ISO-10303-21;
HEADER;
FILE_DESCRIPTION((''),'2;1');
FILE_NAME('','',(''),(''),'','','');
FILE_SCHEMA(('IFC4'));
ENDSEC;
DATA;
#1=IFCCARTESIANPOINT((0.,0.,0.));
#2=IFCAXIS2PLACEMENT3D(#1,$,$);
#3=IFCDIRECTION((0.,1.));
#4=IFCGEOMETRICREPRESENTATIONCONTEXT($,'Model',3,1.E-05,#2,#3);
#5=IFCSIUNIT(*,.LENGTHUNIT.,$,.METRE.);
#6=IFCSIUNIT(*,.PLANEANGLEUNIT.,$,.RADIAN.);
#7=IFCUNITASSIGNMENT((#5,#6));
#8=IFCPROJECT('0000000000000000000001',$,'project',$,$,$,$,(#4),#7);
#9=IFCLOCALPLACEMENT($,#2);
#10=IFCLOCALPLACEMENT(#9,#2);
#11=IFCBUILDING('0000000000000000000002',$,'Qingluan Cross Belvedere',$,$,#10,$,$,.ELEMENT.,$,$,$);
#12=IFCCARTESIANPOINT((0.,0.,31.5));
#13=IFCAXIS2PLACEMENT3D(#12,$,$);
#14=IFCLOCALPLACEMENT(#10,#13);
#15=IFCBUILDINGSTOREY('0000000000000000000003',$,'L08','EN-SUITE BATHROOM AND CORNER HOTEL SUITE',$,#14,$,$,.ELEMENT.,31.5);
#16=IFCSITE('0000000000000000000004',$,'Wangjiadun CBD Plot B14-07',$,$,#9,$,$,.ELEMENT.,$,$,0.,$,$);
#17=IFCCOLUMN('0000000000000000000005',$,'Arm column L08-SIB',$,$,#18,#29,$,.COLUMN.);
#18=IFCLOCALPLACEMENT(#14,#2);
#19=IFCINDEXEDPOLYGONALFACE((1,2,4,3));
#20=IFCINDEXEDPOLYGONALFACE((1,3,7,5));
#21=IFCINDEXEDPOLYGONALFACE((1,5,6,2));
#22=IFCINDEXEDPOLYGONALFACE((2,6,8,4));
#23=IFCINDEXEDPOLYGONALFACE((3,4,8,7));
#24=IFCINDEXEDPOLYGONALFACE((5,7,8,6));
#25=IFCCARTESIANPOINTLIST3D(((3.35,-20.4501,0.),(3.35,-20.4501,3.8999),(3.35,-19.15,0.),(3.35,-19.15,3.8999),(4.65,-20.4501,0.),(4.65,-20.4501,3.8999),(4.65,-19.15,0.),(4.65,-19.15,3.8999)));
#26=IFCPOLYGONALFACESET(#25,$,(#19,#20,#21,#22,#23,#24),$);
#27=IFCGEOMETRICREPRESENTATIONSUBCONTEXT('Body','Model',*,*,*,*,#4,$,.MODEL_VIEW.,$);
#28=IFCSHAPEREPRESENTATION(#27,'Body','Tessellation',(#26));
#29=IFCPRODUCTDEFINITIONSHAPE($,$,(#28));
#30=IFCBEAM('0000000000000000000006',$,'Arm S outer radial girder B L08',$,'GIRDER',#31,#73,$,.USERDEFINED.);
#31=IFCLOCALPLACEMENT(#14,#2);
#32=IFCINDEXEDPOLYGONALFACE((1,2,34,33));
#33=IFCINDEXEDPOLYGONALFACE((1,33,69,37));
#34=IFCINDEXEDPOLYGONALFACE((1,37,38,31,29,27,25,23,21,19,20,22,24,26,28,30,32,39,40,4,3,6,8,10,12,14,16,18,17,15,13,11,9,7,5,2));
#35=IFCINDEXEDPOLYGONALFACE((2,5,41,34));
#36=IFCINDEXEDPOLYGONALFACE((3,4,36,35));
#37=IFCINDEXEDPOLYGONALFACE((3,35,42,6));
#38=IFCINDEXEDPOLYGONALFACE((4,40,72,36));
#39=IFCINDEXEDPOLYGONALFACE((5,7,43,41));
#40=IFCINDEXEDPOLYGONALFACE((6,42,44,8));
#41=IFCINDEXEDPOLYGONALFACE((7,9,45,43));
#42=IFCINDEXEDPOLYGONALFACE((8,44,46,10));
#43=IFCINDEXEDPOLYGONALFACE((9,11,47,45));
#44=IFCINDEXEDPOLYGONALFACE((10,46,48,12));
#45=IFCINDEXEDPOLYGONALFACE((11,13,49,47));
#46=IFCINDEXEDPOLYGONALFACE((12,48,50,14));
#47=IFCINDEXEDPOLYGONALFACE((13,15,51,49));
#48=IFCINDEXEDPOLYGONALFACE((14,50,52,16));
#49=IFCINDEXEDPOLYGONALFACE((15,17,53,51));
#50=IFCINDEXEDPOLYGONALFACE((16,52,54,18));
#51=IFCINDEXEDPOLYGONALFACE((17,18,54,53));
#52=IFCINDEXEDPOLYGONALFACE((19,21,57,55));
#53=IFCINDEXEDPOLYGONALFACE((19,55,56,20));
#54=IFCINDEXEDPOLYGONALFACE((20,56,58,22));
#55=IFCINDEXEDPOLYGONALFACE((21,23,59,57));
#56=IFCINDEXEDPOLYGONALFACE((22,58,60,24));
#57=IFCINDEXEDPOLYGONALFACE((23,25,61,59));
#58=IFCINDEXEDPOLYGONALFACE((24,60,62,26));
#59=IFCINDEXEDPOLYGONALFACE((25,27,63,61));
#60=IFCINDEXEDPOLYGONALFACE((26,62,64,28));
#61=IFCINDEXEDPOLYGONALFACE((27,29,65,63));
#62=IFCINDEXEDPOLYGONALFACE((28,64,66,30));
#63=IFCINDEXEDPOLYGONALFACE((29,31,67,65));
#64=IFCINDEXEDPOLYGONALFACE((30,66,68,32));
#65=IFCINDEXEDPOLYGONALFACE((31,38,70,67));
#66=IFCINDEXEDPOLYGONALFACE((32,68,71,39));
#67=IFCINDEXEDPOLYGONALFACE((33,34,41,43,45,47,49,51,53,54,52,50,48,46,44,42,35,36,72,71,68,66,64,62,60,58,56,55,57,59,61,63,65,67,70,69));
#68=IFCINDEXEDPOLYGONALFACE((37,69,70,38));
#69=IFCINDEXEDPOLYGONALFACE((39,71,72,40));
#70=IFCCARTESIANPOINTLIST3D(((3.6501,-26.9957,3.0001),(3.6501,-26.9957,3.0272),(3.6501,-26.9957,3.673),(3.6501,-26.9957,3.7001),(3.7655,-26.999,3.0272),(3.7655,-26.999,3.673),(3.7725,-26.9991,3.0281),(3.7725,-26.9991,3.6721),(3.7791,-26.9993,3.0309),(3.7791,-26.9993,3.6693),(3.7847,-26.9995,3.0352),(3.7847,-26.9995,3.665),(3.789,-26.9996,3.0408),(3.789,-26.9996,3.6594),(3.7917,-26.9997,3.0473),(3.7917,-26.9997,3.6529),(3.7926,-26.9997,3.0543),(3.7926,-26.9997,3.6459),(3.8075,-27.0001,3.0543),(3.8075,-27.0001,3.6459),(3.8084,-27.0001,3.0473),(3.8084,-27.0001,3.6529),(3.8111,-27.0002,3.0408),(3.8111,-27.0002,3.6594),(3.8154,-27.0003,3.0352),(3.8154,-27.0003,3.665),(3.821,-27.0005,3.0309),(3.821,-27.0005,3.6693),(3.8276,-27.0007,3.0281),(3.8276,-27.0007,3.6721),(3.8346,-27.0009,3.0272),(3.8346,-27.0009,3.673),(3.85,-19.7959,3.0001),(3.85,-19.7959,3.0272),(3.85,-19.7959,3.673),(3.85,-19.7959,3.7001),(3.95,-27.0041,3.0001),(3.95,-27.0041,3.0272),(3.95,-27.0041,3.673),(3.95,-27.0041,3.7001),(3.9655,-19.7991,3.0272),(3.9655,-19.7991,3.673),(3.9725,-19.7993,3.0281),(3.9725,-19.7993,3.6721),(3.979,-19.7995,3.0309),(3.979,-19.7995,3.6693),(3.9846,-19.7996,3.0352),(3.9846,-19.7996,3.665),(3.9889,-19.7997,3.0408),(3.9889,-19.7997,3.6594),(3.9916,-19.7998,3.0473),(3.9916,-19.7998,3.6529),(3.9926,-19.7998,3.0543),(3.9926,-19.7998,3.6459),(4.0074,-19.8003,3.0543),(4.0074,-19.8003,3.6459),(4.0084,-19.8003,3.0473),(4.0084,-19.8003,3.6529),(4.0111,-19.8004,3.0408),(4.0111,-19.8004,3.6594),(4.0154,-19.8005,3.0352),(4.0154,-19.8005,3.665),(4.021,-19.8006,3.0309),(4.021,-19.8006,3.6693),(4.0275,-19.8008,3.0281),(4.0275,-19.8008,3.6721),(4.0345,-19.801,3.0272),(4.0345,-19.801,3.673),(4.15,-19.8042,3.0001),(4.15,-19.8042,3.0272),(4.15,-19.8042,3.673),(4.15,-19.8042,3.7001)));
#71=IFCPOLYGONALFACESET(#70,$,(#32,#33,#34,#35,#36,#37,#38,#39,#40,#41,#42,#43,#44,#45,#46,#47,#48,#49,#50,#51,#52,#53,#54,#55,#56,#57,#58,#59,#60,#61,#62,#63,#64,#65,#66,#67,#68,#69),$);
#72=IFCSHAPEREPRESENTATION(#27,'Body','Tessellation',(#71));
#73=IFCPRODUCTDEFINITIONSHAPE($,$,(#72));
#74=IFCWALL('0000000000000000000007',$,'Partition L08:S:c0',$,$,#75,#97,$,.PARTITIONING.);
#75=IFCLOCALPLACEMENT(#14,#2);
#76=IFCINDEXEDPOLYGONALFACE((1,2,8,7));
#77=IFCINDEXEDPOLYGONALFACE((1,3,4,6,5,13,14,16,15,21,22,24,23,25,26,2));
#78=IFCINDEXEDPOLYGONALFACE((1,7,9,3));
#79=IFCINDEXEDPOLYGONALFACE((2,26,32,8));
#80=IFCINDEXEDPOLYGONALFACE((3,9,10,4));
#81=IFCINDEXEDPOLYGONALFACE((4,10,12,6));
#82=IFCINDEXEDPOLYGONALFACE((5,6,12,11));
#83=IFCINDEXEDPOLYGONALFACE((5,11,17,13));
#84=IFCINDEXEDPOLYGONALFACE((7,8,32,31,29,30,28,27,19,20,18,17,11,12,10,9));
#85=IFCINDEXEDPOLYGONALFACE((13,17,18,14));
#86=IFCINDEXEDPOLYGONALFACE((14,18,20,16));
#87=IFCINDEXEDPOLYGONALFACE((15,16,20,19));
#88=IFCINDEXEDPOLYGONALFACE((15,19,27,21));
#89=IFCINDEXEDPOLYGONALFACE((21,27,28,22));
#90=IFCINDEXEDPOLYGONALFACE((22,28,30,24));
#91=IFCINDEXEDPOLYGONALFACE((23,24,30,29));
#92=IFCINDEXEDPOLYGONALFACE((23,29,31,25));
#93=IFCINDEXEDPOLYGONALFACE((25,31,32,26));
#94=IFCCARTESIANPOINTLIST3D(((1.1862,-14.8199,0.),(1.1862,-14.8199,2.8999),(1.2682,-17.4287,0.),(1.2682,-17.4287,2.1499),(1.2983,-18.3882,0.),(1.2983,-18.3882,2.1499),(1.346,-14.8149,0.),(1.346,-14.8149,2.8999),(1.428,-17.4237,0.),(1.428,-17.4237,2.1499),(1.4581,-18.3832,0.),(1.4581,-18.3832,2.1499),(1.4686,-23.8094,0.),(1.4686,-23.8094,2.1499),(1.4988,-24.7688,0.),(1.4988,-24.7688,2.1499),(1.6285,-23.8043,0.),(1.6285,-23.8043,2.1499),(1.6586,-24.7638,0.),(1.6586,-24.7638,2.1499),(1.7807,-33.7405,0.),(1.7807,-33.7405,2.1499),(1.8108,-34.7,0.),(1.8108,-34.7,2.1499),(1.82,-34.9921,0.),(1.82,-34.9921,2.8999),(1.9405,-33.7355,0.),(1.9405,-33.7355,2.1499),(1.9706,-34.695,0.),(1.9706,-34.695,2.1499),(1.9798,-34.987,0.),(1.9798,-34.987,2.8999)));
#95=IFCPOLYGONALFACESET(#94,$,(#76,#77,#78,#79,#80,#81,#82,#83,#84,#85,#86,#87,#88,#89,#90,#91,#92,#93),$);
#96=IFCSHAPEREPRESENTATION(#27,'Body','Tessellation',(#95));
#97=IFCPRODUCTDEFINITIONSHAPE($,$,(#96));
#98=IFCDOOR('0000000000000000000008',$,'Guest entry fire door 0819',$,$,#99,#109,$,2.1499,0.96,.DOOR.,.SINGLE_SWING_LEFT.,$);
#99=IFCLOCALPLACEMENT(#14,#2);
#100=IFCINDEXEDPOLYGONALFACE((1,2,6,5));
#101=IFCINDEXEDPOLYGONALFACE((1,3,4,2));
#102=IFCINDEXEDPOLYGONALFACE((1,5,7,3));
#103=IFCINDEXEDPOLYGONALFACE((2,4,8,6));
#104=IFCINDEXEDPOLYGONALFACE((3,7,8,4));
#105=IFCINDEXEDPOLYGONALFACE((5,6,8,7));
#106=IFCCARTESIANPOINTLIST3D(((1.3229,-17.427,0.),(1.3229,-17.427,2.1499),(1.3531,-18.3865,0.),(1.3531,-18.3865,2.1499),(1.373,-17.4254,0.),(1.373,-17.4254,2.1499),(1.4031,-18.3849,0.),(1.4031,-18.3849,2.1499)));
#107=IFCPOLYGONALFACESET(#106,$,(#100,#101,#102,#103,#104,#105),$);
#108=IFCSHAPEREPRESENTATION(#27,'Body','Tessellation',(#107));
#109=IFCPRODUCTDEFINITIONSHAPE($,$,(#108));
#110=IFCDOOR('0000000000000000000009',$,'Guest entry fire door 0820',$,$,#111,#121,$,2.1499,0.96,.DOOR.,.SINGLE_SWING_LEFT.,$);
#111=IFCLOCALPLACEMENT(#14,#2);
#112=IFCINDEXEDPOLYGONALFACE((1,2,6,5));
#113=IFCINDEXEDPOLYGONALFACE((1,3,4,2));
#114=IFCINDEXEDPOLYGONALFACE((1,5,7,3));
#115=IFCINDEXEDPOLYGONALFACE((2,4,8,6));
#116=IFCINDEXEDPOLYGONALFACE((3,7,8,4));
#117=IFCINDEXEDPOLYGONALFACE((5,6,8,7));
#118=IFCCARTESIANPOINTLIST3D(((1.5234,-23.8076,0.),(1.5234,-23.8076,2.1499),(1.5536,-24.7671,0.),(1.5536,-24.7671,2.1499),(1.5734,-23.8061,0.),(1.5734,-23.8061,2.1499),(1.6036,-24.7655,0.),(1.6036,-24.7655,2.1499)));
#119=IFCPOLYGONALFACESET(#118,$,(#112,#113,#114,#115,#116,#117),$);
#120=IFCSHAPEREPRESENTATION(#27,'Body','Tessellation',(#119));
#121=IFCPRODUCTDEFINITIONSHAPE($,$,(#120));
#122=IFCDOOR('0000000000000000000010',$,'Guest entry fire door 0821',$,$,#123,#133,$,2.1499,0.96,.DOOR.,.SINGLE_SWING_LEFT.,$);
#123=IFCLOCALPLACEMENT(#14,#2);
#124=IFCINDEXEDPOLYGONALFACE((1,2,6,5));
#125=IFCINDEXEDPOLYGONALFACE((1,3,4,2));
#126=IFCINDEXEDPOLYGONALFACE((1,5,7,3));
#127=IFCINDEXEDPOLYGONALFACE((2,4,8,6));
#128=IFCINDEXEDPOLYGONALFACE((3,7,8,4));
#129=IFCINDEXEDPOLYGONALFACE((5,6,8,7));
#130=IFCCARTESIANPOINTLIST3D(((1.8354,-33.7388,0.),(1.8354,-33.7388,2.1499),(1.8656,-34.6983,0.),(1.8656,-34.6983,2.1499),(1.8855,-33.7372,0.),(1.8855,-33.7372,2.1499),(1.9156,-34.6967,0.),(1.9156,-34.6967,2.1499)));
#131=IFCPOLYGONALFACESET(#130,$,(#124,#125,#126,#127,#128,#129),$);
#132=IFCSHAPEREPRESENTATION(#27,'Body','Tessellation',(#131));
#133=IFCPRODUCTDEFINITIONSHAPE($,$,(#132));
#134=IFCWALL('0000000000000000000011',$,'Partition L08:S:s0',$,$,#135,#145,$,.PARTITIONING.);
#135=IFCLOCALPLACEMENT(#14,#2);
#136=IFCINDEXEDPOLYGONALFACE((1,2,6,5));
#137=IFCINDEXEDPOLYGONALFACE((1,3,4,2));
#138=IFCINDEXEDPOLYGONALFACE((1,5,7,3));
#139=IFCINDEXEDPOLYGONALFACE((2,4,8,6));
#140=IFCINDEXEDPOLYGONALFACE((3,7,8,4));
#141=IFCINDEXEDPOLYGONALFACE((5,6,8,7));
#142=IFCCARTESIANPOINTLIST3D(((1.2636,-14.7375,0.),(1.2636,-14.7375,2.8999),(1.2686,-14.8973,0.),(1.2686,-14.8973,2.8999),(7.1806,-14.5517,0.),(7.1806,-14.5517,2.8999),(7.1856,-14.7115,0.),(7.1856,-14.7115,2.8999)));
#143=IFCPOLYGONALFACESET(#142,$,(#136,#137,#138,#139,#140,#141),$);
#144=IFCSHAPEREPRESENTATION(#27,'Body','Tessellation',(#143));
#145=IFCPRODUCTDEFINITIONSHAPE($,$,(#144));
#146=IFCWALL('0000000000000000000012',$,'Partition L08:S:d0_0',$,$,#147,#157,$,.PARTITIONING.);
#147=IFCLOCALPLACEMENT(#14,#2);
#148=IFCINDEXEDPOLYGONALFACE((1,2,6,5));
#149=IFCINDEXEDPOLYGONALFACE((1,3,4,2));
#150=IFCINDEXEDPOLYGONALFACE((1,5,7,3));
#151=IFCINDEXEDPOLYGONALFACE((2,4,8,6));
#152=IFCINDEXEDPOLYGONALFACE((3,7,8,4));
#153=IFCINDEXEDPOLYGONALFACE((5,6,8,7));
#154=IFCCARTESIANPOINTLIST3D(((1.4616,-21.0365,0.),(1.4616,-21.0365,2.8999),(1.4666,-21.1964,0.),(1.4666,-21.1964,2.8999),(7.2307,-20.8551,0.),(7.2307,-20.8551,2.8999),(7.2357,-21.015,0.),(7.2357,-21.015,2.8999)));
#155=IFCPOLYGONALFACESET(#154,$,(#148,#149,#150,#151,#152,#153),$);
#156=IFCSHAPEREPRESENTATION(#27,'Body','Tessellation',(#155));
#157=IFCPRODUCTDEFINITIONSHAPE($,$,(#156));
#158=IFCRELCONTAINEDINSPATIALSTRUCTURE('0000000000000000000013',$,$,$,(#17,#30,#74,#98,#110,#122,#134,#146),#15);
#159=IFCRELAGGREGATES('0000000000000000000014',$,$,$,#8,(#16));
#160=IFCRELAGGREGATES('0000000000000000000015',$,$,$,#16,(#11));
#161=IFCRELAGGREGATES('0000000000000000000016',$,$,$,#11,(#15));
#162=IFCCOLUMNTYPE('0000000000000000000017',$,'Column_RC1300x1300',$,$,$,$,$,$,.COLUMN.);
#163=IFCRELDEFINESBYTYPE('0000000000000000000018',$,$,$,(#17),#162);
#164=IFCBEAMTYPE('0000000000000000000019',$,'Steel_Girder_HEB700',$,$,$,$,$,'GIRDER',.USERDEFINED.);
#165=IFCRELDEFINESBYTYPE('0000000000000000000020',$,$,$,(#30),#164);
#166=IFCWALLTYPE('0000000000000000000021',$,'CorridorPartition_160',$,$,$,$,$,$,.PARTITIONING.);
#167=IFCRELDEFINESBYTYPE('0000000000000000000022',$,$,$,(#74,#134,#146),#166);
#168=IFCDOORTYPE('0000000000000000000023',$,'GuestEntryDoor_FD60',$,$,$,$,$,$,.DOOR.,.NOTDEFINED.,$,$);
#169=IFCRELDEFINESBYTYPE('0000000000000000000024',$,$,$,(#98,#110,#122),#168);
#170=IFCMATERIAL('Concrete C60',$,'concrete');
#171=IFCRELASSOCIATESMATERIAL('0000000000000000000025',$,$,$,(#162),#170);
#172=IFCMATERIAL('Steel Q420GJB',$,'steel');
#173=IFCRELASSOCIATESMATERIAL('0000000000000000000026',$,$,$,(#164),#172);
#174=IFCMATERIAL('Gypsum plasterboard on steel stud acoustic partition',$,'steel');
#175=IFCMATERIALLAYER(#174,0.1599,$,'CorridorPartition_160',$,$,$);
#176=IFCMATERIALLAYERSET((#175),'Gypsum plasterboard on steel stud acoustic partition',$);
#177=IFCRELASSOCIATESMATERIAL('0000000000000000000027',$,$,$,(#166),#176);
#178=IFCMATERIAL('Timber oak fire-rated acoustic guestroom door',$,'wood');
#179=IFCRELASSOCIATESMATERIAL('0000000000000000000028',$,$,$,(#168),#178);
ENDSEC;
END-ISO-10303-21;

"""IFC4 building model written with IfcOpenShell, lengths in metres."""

from ifc_helpers import new_model, si_unit, direction, frame, frame_2d, origin, origin_2d, place, context, subcontext, project, spatial, rectangle, i_section, extrude, material, layer, layer_set, material_profile, profile_set, type_object, element, fill, save


model = new_model("IFC4")

# Units and contexts
model_context = context("Model", 3, precision=1e-05, world=origin(), true_north=direction((0.0, 1.0)))
body_context = subcontext(model_context, "Body", "Model", "MODEL_VIEW")
ifc_project = project(units=[si_unit("LENGTHUNIT", "METRE"), si_unit("PLANEANGLEUNIT", "RADIAN")], contexts=[model_context])

# Site, building, storey
site_placement = place(None, origin())
site = spatial("IfcSite", under=ifc_project, at=site_placement, Name="Wangjiadun CBD Plot B14-07", CompositionType="ELEMENT", RefElevation=0.0)
building_placement = place(site_placement, origin())
building = spatial("IfcBuilding", under=site, at=building_placement, Name="Qingluan Cross Belvedere", CompositionType="ELEMENT")
storey_placement = place(building_placement, frame((0.0, 0.0, 31.5)))
storey = spatial("IfcBuildingStorey", under=building, at=storey_placement, Name="L08", Description="EN-SUITE BATHROOM AND CORNER HOTEL SUITE", CompositionType="ELEMENT", Elevation=31.5)

# Column
ifc_material_1 = material(Name="Concrete C60", Category="concrete")
ifc_material_profile_1 = material_profile(ifc_material_1, rectangle(XDim=1.3, YDim=1.3, at=origin_2d()), Name="RC1300x1300")
ifc_profile_set_1 = profile_set([ifc_material_profile_1], Name="Concrete C60")
column_type = type_object("IfcColumnType", Name="Column_RC1300x1300", PredefinedType="COLUMN", material=ifc_profile_set_1)
column_placement = place(storey_placement, frame((4.0, -19.8, 0.0), z_axis=(0.0, 0.0, 1.0), x_axis=(1.0, 0.0, 0.0)))
element("IfcColumn", 1, at=column_placement, inside=storey, type_object=column_type, Name="Arm column L08-SIB", PredefinedType="COLUMN", context=body_context, shape_type="SweptSolid", body=[
    extrude(rectangle(XDim=1.3, YDim=1.3, at=origin_2d()), origin(), (0.0, 0.0, 1.0), 3.8999),
])

# Beam
ifc_material_2 = material(Name="Steel Q420GJB", Category="steel")
ifc_material_profile_2 = material_profile(ifc_material_2, i_section(OverallWidth=0.3, OverallDepth=0.7, WebThickness=0.0149, FlangeThickness=0.0271, FilletRadius=0.0271, at=origin_2d()), Name="HEB700")
ifc_profile_set_2 = profile_set([ifc_material_profile_2], Name="Steel Q420GJB")
beam_type = type_object("IfcBeamType", Name="Steel_Girder_HEB700", ElementType="GIRDER", PredefinedType="USERDEFINED", material=ifc_profile_set_2)
beam_placement = place(storey_placement, frame((4.0, -19.8, 3.3501), z_axis=(-0.02776, -0.999615, 0.0), x_axis=(0.999615, -0.02776, 0.0)))
element("IfcBeam", 2, at=beam_placement, inside=storey, type_object=beam_type, Name="Arm S outer radial girder B L08", ObjectType="GIRDER", PredefinedType="USERDEFINED", context=body_context, shape_type="SweptSolid", body=[
    extrude(i_section(OverallWidth=0.3, OverallDepth=0.7, WebThickness=0.0149, FlangeThickness=0.0271, FilletRadius=0.0271, at=origin_2d()), origin(), (0.0, 0.0, 1.0), 7.2026),
])

# Wall, openings, doors
ifc_material_3 = material(Name="Gypsum plasterboard on steel stud acoustic partition", Category="steel")
ifc_layer_1 = layer(ifc_material_3, 0.1599, Name="CorridorPartition_160")
ifc_layer_set_1 = layer_set([ifc_layer_1], Name="Gypsum plasterboard on steel stud acoustic partition")
wall_type_1 = type_object("IfcWallType", Name="CorridorPartition_160", PredefinedType="PARTITIONING", material=ifc_layer_set_1)
wall_1_placement = place(storey_placement, frame((1.2661, -14.8174, 0.0), z_axis=(0.0, 0.0, 1.0), x_axis=(0.031404, -0.999507, 0.0)))
wall_1 = element("IfcWall", 3, at=wall_1_placement, inside=storey, type_object=wall_type_1, Name="Partition L08:S:c0", PredefinedType="PARTITIONING", context=body_context, shape_type="SweptSolid", body=[
    extrude(rectangle(XDim=20.1821, YDim=0.1599, at=frame_2d((10.0911, 0.0))), origin(), (0.0, 0.0, 1.0), 2.8999),
])
opening_1_placement = place(wall_1_placement, frame((2.6101, 0.0, 0.0)))
opening_1 = element("IfcOpeningElement", 4, at=opening_1_placement, cuts=wall_1, PredefinedType="OPENING", context=body_context, shape_type="SweptSolid", body=[
    extrude(rectangle(XDim=0.96, YDim=2.1499, at=frame_2d((0.48, 1.075))), frame((0.0, 0.0898, 0.0), z_axis=(0.0, -1.0, 0.0), x_axis=(1.0, 0.0, 0.0)), (0.0, 0.0, 1.0), 0.1799),
])
opening_2_placement = place(wall_1_placement, frame((8.9939, 0.0, 0.0)))
opening_2 = element("IfcOpeningElement", 5, at=opening_2_placement, cuts=wall_1, PredefinedType="OPENING", context=body_context, shape_type="SweptSolid", body=[
    extrude(rectangle(XDim=0.96, YDim=2.1499, at=frame_2d((0.48, 1.075))), frame((0.0, 0.0898, 0.0), z_axis=(0.0, -1.0, 0.0), x_axis=(1.0, 0.0, 0.0)), (0.0, 0.0, 1.0), 0.1799),
])
opening_3_placement = place(wall_1_placement, frame((18.9299, 0.0, 0.0)))
opening_3 = element("IfcOpeningElement", 6, at=opening_3_placement, cuts=wall_1, PredefinedType="OPENING", context=body_context, shape_type="SweptSolid", body=[
    extrude(rectangle(XDim=0.96, YDim=2.1499, at=frame_2d((0.48, 1.075))), frame((0.0, 0.0898, 0.0), z_axis=(0.0, -1.0, 0.0), x_axis=(1.0, 0.0, 0.0)), (0.0, 0.0, 1.0), 0.1799),
])
ifc_material_4 = material(Name="Timber oak fire-rated acoustic guestroom door", Category="wood")
door_type_1 = type_object("IfcDoorType", Name="GuestEntryDoor_FD60", OperationType="NOTDEFINED", PredefinedType="DOOR", material=ifc_material_4)
door_1_placement = place(opening_1_placement, origin())
door_1 = element("IfcDoor", 7, at=door_1_placement, inside=storey, type_object=door_type_1, Name="Guest entry fire door 0819", OperationType="SINGLE_SWING_LEFT", OverallHeight=2.1499, OverallWidth=0.96, PredefinedType="DOOR", context=body_context, shape_type="SweptSolid", body=[
    extrude(rectangle(XDim=0.96, YDim=2.1499, at=frame_2d((0.48, 1.075))), frame((0.0, 0.0249, 0.0), z_axis=(0.0, -1.0, 0.0), x_axis=(1.0, 0.0, 0.0)), (0.0, 0.0, 1.0), 0.05),
])
fill(opening_1, door_1)
door_2_placement = place(opening_2_placement, origin())
door_2 = element("IfcDoor", 8, at=door_2_placement, inside=storey, type_object=door_type_1, Name="Guest entry fire door 0820", OperationType="SINGLE_SWING_LEFT", OverallHeight=2.1499, OverallWidth=0.96, PredefinedType="DOOR", context=body_context, shape_type="SweptSolid", body=[
    extrude(rectangle(XDim=0.96, YDim=2.1499, at=frame_2d((0.48, 1.075))), frame((0.0, 0.0249, 0.0), z_axis=(0.0, -1.0, 0.0), x_axis=(1.0, 0.0, 0.0)), (0.0, 0.0, 1.0), 0.05),
])
fill(opening_2, door_2)
door_3_placement = place(opening_3_placement, origin())
door_3 = element("IfcDoor", 9, at=door_3_placement, inside=storey, type_object=door_type_1, Name="Guest entry fire door 0821", OperationType="SINGLE_SWING_LEFT", OverallHeight=2.1499, OverallWidth=0.96, PredefinedType="DOOR", context=body_context, shape_type="SweptSolid", body=[
    extrude(rectangle(XDim=0.96, YDim=2.1499, at=frame_2d((0.48, 1.075))), frame((0.0, 0.0249, 0.0), z_axis=(0.0, -1.0, 0.0), x_axis=(1.0, 0.0, 0.0)), (0.0, 0.0, 1.0), 0.05),
])
fill(opening_3, door_3)

# Walls
wall_2_placement = place(storey_placement, frame((1.2661, -14.8174, 0.0), z_axis=(0.0, 0.0, 1.0), x_axis=(0.999507, 0.031384, 0.0)))
element("IfcWall", 10, at=wall_2_placement, inside=storey, type_object=wall_type_1, Name="Partition L08:S:s0", PredefinedType="PARTITIONING", context=body_context, shape_type="SweptSolid", body=[
    extrude(rectangle(XDim=5.9199, YDim=0.1599, at=frame_2d((2.96, 0.0))), origin(), (0.0, 0.0, 1.0), 2.8999),
])
wall_3_placement = place(storey_placement, frame((1.4641, -21.1165, 0.0), z_axis=(0.0, 0.0, 1.0), x_axis=(0.999506, 0.031428, 0.0)))
element("IfcWall", 11, at=wall_3_placement, inside=storey, type_object=wall_type_1, Name="Partition L08:S:d0_0", PredefinedType="PARTITIONING", context=body_context, shape_type="SweptSolid", body=[
    extrude(rectangle(XDim=5.772, YDim=0.1599, at=frame_2d((2.886, 0.0))), origin(), (0.0, 0.0, 1.0), 2.8999),
])

save(model, "model.ifc")
